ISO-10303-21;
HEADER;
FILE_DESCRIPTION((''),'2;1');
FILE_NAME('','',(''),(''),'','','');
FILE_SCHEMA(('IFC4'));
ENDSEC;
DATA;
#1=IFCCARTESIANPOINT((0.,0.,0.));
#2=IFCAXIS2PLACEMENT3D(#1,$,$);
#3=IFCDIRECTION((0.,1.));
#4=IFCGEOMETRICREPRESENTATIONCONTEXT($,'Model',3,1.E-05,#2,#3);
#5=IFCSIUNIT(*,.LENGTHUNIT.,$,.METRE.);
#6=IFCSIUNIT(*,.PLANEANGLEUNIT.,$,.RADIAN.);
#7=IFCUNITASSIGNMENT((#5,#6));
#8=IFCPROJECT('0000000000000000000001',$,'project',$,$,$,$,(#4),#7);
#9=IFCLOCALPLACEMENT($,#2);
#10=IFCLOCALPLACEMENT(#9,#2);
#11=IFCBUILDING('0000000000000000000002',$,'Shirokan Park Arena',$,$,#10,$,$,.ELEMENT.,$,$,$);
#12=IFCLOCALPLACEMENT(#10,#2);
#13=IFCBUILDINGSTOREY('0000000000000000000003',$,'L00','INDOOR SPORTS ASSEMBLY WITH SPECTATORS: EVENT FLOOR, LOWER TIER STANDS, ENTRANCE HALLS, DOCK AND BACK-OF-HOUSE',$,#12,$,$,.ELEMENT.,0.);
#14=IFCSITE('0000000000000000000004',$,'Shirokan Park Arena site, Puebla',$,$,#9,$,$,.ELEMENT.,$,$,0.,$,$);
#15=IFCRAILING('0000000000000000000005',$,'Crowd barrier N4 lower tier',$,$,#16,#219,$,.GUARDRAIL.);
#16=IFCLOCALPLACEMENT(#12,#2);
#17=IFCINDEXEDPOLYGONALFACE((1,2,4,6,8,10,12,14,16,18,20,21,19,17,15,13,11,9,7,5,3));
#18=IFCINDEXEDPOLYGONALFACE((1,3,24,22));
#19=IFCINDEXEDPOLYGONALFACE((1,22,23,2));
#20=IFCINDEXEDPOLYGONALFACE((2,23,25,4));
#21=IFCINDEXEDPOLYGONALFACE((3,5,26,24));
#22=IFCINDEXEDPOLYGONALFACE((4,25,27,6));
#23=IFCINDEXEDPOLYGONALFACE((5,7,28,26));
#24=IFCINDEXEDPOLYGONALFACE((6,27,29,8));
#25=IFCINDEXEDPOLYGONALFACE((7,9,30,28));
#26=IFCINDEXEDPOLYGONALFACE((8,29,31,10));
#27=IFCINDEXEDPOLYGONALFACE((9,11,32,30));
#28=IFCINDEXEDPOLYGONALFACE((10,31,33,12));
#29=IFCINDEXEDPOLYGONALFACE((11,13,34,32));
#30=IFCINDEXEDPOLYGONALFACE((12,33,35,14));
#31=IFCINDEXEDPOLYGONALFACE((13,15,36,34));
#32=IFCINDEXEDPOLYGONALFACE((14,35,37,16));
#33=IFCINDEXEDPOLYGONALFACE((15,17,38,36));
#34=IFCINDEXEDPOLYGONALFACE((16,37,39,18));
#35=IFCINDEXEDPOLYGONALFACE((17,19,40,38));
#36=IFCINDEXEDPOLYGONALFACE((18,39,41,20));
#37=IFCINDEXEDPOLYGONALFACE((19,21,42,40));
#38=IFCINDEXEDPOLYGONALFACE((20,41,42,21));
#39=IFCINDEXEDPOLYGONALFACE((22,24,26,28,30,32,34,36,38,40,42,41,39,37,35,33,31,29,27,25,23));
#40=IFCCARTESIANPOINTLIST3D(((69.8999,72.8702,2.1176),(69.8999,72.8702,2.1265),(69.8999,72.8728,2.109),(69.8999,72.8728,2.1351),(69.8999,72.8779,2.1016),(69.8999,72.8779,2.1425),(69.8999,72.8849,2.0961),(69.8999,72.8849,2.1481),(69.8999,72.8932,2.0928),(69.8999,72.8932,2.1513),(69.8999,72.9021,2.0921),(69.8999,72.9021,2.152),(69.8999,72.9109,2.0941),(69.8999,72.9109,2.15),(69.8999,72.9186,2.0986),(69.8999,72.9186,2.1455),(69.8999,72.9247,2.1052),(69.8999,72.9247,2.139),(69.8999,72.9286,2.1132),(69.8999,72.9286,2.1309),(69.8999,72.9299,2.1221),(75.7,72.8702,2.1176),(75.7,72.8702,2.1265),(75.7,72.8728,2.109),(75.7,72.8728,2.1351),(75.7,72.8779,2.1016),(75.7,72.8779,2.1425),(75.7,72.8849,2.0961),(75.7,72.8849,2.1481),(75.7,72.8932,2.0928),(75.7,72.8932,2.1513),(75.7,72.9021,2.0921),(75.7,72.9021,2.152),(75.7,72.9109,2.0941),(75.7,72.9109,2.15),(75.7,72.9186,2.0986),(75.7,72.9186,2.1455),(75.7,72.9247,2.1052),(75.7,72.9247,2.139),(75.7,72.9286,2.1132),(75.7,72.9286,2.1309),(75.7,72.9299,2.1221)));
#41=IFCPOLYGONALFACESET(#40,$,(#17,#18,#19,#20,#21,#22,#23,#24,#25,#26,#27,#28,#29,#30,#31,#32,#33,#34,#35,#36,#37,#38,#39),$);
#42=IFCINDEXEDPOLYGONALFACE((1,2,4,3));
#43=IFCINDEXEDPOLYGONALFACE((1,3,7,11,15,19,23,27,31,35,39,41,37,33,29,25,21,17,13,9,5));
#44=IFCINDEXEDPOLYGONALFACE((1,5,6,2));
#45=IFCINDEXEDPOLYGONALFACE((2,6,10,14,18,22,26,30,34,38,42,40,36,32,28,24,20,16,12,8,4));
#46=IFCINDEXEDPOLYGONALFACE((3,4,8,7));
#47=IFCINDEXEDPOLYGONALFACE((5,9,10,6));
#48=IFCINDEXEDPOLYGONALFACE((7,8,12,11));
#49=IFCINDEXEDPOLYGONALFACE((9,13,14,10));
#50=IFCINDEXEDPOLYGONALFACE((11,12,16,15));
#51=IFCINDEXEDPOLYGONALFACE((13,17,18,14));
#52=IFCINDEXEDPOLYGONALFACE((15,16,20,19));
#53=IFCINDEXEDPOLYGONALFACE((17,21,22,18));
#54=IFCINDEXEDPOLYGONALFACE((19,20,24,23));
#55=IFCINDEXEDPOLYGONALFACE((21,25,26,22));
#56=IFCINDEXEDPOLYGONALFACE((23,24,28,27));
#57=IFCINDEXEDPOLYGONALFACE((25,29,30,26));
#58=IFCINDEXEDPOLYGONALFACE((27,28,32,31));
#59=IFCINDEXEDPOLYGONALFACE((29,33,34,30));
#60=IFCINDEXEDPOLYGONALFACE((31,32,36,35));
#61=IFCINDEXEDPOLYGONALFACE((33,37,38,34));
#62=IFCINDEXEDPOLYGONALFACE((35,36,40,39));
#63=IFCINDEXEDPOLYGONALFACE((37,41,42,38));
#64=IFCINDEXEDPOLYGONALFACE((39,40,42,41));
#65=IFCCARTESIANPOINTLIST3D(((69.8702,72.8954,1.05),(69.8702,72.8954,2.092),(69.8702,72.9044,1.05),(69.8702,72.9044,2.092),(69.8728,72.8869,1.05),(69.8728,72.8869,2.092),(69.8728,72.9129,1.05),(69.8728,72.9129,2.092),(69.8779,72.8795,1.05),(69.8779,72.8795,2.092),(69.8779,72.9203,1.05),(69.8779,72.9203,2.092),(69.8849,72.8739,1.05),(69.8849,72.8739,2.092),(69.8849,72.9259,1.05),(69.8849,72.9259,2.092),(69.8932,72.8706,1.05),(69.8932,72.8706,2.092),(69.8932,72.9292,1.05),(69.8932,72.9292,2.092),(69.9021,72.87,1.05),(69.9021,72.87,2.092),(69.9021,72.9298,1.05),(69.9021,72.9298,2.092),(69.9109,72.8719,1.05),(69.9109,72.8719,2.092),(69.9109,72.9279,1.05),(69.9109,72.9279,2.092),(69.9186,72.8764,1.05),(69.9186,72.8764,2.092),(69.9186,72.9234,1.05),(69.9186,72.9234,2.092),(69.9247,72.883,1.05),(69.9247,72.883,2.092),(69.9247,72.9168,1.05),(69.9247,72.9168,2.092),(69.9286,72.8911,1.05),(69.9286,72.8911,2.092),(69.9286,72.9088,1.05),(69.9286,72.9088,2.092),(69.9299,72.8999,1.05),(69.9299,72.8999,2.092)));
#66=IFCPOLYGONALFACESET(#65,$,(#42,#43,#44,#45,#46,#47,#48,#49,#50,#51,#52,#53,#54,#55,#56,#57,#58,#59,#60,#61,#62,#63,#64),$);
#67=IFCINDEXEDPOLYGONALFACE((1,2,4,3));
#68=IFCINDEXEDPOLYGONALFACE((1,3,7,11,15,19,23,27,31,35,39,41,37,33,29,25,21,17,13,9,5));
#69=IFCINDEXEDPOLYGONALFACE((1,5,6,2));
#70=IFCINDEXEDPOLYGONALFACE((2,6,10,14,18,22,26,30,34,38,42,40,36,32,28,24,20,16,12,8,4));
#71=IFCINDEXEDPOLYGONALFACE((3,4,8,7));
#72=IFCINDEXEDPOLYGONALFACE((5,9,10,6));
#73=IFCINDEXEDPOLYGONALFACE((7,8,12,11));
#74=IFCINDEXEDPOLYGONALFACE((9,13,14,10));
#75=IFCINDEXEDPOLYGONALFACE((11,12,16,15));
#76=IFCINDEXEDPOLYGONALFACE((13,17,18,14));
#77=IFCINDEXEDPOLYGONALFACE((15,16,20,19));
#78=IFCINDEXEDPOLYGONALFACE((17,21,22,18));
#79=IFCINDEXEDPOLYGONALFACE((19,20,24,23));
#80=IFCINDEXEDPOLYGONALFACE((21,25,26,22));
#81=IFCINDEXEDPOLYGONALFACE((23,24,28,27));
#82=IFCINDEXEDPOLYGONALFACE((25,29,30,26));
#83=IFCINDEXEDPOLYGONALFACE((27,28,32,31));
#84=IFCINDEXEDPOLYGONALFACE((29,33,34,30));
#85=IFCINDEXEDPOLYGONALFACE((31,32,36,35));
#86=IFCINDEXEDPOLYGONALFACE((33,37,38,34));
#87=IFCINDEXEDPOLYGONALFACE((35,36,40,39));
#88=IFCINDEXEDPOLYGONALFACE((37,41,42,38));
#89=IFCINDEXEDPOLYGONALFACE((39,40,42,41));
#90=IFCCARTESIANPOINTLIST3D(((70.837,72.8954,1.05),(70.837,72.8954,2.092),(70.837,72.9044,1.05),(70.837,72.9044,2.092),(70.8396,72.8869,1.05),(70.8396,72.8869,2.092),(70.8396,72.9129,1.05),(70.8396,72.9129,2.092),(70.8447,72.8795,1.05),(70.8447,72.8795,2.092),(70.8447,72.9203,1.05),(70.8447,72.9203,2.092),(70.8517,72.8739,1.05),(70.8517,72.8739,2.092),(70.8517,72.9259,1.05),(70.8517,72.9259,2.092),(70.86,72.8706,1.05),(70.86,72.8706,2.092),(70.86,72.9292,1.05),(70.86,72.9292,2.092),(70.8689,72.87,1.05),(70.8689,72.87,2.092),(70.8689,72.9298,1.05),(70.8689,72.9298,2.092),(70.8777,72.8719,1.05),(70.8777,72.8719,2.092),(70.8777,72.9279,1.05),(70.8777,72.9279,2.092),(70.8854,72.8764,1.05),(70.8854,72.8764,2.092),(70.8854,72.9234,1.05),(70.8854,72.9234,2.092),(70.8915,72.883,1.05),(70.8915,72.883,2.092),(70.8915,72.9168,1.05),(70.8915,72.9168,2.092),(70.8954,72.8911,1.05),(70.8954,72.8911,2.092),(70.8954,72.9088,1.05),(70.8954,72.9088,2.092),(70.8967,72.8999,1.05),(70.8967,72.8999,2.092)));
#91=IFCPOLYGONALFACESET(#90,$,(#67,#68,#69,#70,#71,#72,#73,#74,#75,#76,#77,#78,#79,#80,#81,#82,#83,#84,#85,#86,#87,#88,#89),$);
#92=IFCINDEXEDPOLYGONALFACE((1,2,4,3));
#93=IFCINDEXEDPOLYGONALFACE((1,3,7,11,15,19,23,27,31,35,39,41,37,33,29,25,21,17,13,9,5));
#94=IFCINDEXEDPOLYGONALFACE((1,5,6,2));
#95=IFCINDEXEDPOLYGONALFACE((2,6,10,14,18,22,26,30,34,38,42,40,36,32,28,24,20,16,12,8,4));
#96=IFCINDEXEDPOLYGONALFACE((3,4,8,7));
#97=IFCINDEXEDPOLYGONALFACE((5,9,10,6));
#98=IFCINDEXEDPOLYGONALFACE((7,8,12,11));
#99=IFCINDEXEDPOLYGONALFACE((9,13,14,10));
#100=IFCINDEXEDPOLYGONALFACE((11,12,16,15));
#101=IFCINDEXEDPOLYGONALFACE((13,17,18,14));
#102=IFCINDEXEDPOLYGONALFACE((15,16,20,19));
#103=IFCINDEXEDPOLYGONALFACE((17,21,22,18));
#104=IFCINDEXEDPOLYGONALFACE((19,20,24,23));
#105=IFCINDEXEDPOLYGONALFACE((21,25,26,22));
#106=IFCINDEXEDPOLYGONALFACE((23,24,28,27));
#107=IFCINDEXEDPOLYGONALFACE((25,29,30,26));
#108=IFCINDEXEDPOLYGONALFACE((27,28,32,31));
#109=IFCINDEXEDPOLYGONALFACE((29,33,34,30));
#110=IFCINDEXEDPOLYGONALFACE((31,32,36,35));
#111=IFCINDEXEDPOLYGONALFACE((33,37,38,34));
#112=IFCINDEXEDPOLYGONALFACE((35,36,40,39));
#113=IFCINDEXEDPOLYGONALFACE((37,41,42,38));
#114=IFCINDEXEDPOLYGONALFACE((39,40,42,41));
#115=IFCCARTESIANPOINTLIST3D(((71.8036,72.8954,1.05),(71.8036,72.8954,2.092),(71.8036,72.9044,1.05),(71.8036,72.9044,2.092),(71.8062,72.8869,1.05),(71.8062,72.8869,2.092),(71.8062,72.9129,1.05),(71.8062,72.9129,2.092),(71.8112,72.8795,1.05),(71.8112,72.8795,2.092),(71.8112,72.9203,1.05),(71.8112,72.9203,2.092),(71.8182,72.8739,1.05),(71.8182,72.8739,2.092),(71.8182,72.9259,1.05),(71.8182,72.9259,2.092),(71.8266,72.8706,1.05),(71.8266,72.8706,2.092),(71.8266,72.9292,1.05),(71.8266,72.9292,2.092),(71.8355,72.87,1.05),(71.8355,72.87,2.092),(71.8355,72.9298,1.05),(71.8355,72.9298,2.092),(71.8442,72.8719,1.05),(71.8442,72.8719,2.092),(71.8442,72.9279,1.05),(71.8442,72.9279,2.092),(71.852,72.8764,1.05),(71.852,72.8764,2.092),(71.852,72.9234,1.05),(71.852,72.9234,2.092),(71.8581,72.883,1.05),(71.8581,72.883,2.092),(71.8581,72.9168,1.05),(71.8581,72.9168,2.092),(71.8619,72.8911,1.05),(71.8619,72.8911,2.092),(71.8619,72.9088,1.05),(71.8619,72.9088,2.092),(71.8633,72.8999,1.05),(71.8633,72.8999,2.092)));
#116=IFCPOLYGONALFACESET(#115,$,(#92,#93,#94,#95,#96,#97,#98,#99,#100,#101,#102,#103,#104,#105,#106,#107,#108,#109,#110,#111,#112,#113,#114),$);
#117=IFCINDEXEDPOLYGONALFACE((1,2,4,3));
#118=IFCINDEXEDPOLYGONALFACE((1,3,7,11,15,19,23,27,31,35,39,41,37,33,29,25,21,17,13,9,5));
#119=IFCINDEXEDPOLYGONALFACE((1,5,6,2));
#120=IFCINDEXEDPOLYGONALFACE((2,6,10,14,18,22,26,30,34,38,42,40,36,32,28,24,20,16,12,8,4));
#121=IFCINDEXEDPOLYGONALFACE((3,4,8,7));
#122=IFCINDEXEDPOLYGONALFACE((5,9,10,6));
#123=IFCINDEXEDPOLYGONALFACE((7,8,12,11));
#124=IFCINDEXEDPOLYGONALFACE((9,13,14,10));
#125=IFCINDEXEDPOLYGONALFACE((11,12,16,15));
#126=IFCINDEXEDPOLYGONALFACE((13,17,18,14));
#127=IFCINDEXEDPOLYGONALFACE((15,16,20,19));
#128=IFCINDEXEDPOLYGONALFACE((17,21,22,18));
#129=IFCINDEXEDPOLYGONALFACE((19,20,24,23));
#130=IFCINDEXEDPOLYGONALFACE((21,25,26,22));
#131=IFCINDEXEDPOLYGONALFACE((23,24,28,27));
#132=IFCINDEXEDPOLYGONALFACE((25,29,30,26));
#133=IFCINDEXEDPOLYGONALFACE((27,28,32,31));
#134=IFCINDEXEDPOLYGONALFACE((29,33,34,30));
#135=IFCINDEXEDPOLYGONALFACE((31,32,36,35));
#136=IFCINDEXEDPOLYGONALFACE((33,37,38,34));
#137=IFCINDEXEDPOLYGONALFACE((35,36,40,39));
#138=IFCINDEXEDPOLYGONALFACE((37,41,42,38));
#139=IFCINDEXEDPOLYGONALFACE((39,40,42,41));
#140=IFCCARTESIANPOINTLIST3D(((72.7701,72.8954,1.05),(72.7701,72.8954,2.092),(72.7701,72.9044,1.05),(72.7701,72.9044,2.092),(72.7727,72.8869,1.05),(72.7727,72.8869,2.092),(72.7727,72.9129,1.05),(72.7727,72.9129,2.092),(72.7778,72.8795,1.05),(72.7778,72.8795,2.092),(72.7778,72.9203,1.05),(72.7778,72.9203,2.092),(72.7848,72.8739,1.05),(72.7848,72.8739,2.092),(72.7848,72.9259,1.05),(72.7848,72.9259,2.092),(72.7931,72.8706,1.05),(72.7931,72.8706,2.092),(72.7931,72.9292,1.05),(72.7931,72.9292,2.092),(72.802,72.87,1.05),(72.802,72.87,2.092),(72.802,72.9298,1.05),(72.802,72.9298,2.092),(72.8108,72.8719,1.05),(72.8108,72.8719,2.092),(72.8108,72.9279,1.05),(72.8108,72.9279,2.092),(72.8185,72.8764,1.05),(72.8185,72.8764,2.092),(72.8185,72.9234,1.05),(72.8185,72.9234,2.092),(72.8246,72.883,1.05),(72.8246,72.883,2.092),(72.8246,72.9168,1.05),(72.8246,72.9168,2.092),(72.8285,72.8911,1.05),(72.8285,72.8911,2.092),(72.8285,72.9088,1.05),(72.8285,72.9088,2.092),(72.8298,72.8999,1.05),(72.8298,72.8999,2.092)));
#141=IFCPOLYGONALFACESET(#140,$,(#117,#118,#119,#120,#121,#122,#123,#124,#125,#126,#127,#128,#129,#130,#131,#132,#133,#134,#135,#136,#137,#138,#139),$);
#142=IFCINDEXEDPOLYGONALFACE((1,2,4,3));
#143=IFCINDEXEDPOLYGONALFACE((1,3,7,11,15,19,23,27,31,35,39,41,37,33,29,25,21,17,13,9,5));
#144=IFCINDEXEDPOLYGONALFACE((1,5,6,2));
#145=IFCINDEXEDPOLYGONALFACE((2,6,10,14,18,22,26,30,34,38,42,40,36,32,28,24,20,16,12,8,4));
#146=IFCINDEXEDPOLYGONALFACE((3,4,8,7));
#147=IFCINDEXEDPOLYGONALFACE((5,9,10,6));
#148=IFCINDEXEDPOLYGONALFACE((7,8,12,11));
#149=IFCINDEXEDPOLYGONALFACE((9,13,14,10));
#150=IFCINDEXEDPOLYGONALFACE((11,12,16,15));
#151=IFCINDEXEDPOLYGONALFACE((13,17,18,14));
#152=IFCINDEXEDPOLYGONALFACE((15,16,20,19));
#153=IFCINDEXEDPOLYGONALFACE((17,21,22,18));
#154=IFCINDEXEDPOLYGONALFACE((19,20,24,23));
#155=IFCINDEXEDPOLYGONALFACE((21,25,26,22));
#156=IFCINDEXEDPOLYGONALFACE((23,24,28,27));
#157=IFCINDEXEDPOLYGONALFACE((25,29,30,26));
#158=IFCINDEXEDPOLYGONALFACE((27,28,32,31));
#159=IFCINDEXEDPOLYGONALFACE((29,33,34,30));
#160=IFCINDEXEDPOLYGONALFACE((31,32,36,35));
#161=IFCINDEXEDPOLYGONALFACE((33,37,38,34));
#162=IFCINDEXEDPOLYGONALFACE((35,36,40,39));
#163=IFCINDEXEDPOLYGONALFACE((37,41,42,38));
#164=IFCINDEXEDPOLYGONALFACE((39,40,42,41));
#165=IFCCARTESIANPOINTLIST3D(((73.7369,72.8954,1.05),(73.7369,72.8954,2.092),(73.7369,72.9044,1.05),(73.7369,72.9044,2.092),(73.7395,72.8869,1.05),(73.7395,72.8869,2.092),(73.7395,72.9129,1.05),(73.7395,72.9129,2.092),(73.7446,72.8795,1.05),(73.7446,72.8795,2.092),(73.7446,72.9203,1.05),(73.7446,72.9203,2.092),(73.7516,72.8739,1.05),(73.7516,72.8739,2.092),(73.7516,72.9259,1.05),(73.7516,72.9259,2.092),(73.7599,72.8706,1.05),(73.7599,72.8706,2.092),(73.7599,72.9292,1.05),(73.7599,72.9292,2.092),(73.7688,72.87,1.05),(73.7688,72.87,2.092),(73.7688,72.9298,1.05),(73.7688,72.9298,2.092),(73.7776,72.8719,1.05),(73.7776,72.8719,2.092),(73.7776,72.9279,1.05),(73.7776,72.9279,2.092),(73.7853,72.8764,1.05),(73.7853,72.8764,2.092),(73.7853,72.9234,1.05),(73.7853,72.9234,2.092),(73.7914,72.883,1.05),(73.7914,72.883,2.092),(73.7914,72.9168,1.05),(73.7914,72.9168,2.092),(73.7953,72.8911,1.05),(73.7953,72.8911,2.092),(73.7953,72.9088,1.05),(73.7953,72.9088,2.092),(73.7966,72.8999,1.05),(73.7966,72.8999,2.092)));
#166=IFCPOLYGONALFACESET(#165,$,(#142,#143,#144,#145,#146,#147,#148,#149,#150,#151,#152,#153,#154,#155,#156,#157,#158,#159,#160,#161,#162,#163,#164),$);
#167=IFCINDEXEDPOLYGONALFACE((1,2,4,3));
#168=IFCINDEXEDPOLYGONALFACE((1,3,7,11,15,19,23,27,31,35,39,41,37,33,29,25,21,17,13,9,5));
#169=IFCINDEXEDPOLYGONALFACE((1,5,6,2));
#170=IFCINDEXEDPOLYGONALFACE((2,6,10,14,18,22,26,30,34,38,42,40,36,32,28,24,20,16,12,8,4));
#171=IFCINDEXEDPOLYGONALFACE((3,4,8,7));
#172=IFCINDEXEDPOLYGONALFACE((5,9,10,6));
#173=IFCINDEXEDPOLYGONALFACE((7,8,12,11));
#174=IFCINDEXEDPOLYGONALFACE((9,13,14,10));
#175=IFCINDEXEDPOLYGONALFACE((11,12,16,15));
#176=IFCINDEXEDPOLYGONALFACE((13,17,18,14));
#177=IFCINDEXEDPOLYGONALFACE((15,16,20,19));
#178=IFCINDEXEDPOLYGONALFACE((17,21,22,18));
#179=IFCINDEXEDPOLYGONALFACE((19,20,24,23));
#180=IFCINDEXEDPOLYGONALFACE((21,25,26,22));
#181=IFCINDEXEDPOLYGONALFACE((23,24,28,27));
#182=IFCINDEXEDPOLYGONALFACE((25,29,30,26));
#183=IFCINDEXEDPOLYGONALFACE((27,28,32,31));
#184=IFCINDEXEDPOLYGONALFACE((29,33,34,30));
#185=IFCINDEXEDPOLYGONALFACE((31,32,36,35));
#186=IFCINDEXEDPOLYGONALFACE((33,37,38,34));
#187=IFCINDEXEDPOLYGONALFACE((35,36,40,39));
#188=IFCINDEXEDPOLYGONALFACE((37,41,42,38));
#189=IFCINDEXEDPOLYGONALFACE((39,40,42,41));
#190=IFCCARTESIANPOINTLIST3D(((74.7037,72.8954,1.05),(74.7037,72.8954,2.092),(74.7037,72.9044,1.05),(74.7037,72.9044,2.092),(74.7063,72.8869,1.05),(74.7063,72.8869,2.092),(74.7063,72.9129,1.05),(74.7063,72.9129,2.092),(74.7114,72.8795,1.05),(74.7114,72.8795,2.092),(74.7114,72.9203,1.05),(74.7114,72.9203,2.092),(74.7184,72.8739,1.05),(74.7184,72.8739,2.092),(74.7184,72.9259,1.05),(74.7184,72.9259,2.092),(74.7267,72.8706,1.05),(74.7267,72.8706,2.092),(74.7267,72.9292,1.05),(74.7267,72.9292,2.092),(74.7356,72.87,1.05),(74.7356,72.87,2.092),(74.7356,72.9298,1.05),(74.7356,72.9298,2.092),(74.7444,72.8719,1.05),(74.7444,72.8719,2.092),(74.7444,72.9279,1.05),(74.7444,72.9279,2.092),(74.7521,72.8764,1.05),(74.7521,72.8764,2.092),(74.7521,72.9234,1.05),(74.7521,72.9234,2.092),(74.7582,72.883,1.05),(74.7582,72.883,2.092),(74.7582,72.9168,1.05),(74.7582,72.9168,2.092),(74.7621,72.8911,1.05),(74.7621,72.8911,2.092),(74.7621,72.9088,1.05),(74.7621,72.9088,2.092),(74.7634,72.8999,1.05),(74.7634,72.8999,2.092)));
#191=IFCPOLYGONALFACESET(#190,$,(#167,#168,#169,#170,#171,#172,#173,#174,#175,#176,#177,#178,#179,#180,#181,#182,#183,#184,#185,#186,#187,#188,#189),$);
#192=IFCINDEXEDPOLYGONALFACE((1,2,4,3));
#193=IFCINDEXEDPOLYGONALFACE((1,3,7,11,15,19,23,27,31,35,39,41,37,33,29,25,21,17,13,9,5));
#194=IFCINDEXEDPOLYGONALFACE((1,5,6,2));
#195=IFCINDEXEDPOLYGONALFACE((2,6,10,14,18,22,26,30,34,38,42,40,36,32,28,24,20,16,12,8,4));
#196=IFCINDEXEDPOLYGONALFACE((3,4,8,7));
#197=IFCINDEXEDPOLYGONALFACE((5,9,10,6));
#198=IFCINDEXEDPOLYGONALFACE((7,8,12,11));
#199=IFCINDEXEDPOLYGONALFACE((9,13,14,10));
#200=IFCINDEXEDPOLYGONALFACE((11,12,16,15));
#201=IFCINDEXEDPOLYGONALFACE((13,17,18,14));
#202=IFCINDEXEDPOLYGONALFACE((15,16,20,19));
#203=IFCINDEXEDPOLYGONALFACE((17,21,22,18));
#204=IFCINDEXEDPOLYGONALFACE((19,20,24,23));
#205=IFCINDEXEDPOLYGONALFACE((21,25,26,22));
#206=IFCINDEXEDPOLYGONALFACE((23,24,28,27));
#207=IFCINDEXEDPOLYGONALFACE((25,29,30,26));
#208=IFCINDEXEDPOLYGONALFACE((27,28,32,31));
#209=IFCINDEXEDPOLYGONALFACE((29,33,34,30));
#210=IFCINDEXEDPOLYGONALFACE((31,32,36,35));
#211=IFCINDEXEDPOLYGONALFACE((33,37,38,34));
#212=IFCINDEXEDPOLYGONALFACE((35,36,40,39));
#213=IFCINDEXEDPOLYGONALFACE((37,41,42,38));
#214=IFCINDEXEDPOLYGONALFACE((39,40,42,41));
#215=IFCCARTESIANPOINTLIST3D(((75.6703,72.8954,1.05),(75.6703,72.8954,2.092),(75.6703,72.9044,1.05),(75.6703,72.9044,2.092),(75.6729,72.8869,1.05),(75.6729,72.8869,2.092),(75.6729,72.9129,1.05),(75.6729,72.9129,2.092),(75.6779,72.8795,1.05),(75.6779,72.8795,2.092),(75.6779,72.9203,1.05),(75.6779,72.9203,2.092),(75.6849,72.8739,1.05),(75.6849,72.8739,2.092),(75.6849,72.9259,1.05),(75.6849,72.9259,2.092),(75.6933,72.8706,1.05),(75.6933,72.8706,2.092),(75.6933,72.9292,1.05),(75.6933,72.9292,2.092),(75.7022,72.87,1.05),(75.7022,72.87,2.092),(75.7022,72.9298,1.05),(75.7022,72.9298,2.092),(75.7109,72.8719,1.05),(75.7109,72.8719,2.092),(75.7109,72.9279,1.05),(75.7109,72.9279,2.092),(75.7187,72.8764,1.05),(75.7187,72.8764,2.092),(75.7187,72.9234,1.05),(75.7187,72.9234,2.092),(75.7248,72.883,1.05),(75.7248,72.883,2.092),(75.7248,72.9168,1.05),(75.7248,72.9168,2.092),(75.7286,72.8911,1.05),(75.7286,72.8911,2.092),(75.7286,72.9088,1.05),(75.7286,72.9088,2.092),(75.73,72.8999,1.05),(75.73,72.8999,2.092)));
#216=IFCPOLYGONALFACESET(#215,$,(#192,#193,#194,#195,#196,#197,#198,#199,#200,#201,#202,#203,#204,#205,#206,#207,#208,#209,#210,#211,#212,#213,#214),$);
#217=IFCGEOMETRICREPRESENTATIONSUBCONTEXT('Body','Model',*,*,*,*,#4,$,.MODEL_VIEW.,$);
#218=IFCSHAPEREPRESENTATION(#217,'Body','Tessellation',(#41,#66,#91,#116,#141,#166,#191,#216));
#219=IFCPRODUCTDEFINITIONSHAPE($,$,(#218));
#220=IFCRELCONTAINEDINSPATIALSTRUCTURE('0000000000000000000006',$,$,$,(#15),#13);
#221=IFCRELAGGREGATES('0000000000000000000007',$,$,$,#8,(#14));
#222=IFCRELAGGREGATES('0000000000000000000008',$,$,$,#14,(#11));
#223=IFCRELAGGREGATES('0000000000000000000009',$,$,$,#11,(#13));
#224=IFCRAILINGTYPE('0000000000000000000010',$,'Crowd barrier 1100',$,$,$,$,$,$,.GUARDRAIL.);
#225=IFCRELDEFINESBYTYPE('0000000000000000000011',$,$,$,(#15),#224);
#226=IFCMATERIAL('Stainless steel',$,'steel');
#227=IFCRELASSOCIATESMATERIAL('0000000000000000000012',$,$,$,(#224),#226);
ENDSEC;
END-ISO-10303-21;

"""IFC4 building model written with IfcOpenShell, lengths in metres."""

from ifc_helpers import new_model, si_unit, direction, frame, origin, origin_2d, place, context, subcontext, project, spatial, circle, extrude, material, type_object, element, save


model = new_model("IFC4")

# Units and contexts
model_context = context("Model", 3, precision=1e-05, world=origin(), true_north=direction((0.0, 1.0)))
body_context = subcontext(model_context, "Body", "Model", "MODEL_VIEW")
ifc_project = project(units=[si_unit("LENGTHUNIT", "METRE"), si_unit("PLANEANGLEUNIT", "RADIAN")], contexts=[model_context])

# Site, building, storey
site_placement = place(None, origin())
site = spatial("IfcSite", under=ifc_project, at=site_placement, Name="Shirokan Park Arena site, Puebla", CompositionType="ELEMENT", RefElevation=0.0)
building_placement = place(site_placement, origin())
building = spatial("IfcBuilding", under=site, at=building_placement, Name="Shirokan Park Arena", CompositionType="ELEMENT")
storey_placement = place(building_placement, origin())
storey = spatial("IfcBuildingStorey", under=building, at=storey_placement, Name="L00", Description="INDOOR SPORTS ASSEMBLY WITH SPECTATORS: EVENT FLOOR, LOWER TIER STANDS, ENTRANCE HALLS, DOCK AND BACK-OF-HOUSE", CompositionType="ELEMENT", Elevation=0.0)

# Railing
ifc_material_1 = material(Name="Stainless steel", Category="steel")
railing_type_1 = type_object("IfcRailingType", Name="Crowd barrier 1100", PredefinedType="GUARDRAIL", material=ifc_material_1)
for number, where, name in (
    (1, (69.8999, 72.8999, 1.05), "Crowd barrier N4 lower tier"),
):
    element("IfcRailing", number, at=place(storey_placement, frame(where)), inside=storey, type_object=railing_type_1, Name=name, PredefinedType="GUARDRAIL", context=body_context, shape_type="SweptSolid", body=[
        extrude(circle(Radius=0.03, at=origin_2d()), frame((0.0, 0.0, 1.072), z_axis=(1.0, 0.0, 0.0), x_axis=(0.0, 1.0, 0.0)), (0.0, 0.0, 1.0), 5.8),
        extrude(circle(Radius=0.03, at=origin_2d()), origin(), (0.0, 0.0, 1.0), 1.042),
        extrude(circle(Radius=0.03, at=origin_2d()), frame((0.9668, 0.0, 0.0)), (0.0, 0.0, 1.0), 1.042),
        extrude(circle(Radius=0.03, at=origin_2d()), frame((1.9333, 0.0, 0.0)), (0.0, 0.0, 1.0), 1.042),
        extrude(circle(Radius=0.03, at=origin_2d()), frame((2.8999, 0.0, 0.0)), (0.0, 0.0, 1.0), 1.042),
        extrude(circle(Radius=0.03, at=origin_2d()), frame((3.8667, 0.0, 0.0)), (0.0, 0.0, 1.0), 1.042),
        extrude(circle(Radius=0.03, at=origin_2d()), frame((4.8335, 0.0, 0.0)), (0.0, 0.0, 1.0), 1.042),
        extrude(circle(Radius=0.03, at=origin_2d()), frame((5.8, 0.0, 0.0)), (0.0, 0.0, 1.0), 1.042),
    ])

save(model, "model.ifc")
